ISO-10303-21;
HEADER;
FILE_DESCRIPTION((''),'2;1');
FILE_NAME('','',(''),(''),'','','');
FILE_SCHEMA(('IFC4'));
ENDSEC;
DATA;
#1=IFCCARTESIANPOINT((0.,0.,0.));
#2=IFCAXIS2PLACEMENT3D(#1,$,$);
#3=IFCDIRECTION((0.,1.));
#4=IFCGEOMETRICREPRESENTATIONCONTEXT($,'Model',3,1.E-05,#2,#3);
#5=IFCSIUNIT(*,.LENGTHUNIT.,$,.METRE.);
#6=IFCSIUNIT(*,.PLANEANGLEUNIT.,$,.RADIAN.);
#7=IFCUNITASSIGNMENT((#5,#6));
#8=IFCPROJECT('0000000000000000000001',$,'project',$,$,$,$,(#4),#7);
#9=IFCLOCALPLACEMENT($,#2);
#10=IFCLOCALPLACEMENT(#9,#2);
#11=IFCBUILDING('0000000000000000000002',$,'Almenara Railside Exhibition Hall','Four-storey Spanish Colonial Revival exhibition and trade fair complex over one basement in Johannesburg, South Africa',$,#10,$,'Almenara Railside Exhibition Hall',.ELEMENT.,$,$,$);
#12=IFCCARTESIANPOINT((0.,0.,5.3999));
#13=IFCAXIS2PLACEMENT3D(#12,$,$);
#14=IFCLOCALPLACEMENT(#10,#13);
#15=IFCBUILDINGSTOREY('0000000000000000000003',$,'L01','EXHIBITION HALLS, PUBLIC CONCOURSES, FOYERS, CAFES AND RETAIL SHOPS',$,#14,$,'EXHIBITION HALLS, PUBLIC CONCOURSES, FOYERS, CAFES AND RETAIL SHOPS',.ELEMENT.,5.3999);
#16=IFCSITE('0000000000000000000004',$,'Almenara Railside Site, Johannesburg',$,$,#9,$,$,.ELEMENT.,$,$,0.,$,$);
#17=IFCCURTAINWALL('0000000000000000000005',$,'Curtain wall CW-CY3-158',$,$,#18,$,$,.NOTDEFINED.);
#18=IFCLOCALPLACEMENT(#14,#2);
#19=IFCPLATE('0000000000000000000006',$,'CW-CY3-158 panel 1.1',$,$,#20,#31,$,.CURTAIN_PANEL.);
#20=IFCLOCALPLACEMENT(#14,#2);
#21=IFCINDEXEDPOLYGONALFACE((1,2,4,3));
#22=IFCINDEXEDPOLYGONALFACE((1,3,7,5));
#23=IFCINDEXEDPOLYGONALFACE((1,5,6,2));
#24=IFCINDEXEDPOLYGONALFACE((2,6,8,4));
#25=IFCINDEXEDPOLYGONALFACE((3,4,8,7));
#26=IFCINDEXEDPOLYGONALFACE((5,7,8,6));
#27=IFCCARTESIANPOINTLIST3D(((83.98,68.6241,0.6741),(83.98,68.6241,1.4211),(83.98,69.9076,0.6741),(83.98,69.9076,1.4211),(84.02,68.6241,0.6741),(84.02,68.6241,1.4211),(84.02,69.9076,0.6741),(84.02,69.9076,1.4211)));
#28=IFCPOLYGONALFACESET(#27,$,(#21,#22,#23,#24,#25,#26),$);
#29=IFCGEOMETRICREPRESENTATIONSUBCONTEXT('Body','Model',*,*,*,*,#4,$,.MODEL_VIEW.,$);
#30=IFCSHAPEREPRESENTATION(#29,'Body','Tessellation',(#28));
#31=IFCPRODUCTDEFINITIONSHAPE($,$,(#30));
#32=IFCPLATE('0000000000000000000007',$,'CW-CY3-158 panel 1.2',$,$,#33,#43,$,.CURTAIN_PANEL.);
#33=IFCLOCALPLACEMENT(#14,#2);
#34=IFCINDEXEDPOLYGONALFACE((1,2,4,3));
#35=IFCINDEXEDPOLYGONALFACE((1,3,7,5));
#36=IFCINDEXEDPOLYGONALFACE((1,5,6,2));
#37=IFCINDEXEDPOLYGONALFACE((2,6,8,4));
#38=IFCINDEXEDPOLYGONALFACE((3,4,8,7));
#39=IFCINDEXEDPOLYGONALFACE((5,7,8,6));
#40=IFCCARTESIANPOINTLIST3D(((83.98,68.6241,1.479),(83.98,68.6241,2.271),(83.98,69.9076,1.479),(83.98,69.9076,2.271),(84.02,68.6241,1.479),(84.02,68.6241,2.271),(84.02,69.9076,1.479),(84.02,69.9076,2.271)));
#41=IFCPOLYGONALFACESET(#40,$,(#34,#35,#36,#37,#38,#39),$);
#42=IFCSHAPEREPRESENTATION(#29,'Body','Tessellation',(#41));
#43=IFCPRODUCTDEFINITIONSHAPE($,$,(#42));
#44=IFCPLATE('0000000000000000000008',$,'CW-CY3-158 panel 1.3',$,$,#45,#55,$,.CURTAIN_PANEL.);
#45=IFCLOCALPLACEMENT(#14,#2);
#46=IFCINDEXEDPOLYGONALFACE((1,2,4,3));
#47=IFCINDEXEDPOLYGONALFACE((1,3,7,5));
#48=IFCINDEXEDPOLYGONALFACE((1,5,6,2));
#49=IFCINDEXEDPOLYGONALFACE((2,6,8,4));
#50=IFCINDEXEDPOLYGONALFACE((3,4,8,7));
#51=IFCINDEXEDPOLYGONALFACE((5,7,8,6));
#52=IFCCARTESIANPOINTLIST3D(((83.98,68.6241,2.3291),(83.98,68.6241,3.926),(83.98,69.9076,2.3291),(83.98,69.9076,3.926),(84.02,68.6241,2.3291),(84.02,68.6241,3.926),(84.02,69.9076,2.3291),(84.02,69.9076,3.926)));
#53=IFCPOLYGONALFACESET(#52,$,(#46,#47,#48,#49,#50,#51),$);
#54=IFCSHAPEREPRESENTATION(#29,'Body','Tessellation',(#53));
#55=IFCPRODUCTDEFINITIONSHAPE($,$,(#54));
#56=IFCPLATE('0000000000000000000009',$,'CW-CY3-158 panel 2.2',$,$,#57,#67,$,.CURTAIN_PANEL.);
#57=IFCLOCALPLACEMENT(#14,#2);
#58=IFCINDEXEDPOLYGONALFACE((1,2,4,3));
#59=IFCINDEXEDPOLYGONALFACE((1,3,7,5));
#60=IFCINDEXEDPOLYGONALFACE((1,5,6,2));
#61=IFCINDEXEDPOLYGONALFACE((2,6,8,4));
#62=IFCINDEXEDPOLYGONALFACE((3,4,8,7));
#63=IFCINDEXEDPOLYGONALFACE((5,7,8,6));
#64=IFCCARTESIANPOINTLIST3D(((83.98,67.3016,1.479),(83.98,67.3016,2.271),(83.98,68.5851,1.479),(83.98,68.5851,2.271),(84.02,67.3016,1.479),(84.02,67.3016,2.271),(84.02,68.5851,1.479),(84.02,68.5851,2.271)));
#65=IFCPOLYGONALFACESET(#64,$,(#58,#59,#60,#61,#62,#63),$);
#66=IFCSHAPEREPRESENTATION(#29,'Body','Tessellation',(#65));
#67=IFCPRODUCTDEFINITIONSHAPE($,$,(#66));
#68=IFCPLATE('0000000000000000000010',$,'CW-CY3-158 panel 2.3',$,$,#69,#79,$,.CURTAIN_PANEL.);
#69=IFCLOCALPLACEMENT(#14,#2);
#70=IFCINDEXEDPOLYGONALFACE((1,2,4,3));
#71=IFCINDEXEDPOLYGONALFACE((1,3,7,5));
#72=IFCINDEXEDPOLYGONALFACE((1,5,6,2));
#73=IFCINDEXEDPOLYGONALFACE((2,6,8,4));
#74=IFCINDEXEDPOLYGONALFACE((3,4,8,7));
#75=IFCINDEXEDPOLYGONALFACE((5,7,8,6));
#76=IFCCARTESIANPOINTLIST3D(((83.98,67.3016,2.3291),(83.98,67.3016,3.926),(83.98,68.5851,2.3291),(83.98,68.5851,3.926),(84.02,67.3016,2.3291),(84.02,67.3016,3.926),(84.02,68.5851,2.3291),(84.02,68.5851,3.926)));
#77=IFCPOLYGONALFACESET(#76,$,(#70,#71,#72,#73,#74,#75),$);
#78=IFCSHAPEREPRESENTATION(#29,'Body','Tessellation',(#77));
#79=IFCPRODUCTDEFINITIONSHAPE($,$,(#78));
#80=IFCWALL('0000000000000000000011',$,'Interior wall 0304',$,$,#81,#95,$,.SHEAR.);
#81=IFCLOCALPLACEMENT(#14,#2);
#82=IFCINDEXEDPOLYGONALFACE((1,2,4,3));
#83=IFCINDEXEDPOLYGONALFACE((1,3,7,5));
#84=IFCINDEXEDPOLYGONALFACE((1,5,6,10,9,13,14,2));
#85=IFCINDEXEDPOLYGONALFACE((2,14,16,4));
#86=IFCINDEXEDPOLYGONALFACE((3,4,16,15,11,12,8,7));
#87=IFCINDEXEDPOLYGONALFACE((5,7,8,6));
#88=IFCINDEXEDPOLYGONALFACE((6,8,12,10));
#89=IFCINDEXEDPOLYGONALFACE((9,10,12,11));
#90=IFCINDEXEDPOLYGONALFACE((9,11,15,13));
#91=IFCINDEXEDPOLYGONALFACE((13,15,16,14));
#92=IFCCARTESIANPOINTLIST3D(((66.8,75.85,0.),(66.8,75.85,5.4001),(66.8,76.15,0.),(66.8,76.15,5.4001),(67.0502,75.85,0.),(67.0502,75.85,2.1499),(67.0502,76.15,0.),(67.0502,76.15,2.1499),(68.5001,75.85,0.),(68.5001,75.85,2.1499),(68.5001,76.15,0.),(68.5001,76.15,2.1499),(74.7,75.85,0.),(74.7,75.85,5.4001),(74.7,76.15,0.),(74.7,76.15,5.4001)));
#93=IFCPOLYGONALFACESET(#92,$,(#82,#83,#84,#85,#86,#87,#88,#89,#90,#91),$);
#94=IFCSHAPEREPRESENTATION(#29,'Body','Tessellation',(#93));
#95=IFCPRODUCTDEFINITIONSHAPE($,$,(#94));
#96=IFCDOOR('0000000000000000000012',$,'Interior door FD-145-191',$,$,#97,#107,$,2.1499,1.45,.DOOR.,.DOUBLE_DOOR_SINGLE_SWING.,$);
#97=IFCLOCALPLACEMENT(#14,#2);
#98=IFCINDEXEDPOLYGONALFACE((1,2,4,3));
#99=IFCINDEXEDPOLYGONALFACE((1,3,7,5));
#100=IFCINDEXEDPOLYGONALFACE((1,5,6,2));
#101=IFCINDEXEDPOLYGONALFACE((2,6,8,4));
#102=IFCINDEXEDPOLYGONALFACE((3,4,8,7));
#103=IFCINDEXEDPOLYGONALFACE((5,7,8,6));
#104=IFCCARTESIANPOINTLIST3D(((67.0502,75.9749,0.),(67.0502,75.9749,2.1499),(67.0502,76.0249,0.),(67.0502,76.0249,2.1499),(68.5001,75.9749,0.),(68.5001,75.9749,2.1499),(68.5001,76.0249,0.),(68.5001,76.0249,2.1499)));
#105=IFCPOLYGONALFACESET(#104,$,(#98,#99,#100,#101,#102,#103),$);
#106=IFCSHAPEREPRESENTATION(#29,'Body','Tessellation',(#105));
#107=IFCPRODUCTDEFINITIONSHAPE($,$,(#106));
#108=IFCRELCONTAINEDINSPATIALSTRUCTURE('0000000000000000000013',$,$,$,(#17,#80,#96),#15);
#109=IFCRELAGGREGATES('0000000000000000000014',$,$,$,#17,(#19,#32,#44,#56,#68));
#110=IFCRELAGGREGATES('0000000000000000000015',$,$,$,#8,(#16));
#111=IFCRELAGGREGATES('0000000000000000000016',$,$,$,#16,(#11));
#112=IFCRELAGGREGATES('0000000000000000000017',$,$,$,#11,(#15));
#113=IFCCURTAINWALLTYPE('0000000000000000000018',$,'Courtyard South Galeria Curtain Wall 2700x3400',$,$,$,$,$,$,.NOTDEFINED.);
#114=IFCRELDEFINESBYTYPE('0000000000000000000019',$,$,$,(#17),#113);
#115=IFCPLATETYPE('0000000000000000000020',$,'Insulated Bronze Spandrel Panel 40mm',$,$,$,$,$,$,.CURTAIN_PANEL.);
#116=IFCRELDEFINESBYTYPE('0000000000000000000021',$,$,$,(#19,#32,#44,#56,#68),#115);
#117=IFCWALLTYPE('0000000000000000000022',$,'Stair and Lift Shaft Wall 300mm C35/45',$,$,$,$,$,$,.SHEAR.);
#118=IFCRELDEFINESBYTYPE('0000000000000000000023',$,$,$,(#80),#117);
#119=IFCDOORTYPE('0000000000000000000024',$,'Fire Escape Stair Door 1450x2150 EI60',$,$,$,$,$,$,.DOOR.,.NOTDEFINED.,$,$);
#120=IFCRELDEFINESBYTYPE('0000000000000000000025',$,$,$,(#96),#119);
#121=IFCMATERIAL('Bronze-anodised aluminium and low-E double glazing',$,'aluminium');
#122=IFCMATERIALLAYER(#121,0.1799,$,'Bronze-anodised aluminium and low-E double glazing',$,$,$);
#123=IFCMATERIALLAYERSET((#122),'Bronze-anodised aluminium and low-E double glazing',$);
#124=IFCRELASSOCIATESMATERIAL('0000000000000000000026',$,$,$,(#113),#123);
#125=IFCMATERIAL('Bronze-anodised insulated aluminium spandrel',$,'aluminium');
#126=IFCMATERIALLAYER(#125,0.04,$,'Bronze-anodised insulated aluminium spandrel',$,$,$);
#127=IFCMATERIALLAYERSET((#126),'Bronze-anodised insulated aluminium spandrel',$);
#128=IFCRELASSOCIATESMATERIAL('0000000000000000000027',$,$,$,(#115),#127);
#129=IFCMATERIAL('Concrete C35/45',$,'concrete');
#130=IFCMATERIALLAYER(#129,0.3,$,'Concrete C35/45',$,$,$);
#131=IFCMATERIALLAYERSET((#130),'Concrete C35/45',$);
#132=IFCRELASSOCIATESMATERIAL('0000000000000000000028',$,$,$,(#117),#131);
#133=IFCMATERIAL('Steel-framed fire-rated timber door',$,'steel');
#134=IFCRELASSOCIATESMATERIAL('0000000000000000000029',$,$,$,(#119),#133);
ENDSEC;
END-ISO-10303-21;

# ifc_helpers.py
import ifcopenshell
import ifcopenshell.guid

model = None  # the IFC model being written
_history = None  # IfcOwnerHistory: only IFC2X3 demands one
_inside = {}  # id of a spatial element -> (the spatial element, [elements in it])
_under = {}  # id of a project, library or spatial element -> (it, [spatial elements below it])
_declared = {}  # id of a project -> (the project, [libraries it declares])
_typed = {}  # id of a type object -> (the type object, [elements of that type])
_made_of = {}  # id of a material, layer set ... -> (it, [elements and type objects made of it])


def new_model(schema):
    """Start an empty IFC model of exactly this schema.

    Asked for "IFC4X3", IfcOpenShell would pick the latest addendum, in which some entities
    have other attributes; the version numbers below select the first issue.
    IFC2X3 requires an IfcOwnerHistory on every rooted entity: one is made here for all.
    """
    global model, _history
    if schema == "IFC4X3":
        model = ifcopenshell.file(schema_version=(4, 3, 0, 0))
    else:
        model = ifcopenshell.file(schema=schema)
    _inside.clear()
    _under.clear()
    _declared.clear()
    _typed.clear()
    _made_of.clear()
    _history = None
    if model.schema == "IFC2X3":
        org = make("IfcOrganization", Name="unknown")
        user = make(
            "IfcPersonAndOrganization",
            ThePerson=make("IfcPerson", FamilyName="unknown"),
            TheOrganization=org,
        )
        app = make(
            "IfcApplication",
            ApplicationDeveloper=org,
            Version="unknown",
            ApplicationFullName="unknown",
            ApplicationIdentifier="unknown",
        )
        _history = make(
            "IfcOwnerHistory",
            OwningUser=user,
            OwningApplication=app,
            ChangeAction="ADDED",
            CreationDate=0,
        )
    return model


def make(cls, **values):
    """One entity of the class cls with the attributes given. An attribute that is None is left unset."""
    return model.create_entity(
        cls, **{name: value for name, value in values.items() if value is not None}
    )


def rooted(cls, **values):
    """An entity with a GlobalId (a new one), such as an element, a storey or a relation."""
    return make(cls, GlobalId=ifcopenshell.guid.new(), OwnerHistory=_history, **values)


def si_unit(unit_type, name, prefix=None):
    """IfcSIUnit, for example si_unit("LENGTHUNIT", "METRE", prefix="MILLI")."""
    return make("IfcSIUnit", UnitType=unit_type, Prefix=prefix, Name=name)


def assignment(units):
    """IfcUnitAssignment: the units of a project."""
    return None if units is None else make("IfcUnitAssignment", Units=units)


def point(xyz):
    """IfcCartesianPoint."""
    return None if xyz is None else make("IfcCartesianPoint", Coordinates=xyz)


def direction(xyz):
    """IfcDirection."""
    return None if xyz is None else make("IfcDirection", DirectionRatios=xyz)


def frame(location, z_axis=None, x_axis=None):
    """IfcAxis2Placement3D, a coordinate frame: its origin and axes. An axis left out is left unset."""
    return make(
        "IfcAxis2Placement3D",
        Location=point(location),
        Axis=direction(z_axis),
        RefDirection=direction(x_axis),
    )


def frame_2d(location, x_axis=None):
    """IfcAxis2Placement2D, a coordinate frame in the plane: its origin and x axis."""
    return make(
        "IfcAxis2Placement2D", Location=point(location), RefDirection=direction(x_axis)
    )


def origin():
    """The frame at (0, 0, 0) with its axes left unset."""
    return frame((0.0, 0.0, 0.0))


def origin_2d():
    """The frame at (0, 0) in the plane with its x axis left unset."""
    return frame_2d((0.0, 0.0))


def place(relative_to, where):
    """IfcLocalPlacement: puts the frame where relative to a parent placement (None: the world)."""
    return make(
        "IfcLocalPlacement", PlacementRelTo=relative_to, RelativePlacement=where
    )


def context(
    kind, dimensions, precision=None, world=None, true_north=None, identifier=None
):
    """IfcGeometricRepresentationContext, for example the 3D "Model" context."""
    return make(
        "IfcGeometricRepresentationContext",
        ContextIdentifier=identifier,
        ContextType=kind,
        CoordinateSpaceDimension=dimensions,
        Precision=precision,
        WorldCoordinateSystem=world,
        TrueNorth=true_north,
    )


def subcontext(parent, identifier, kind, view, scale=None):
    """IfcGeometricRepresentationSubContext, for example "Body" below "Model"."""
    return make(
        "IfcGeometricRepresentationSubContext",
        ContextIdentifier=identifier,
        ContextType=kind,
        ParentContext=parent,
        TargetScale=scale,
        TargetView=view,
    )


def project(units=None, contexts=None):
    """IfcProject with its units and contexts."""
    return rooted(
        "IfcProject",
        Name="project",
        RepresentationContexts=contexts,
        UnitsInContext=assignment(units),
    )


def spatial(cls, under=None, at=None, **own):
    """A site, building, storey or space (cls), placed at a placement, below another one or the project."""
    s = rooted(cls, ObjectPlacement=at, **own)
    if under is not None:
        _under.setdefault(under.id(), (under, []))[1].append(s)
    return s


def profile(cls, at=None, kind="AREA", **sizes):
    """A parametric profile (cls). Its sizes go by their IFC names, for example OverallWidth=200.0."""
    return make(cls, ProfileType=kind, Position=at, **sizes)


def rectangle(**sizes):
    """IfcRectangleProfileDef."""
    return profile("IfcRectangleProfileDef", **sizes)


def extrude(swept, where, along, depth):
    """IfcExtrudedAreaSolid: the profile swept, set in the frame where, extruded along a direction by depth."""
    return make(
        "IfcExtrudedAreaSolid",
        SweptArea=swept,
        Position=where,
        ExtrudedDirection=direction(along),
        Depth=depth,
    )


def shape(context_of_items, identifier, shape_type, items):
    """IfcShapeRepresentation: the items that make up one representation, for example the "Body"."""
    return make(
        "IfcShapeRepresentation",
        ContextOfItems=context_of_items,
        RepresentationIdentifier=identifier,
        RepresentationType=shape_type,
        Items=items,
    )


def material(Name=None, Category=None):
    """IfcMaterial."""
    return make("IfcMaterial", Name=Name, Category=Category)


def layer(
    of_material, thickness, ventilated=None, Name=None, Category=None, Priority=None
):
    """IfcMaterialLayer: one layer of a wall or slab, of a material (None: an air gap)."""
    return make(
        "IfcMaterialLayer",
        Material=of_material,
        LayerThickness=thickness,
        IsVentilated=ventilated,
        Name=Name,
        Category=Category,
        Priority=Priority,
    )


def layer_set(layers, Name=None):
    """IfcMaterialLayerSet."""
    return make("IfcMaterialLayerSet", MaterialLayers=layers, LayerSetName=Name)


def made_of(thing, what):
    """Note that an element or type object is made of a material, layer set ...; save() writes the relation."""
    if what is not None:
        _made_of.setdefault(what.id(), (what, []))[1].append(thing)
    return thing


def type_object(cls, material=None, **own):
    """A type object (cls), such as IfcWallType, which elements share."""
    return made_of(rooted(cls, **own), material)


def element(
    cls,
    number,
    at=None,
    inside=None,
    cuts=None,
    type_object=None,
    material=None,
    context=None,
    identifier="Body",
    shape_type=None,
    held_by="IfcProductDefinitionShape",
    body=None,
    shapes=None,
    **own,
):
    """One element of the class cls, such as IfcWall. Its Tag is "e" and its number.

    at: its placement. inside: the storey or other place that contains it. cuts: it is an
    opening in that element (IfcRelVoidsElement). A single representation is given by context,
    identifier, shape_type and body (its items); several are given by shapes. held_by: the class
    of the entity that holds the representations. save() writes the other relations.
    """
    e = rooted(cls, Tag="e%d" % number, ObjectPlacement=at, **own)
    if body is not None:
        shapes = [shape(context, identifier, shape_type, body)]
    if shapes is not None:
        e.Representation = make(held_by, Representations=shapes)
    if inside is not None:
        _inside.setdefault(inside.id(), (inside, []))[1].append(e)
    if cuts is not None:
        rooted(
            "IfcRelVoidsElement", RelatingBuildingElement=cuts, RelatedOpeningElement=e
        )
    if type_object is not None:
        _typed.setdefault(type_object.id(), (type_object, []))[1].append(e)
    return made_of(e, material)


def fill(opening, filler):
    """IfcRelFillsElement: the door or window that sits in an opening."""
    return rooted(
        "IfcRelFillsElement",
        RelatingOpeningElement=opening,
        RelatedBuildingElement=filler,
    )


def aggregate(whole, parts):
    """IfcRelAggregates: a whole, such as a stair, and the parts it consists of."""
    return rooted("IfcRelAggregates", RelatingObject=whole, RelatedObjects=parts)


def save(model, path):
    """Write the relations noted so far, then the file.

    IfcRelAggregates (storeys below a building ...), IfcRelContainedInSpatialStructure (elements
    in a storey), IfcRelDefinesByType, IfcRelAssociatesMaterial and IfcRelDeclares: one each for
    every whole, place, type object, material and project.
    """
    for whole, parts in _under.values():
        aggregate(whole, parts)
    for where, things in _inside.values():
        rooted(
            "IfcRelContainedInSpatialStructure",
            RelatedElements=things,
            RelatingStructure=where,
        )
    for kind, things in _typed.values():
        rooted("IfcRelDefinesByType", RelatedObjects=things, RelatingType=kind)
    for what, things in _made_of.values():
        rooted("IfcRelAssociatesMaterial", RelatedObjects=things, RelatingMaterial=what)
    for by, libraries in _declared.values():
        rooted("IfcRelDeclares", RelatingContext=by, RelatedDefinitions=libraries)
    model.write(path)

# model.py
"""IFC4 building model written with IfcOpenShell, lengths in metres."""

from ifc_helpers import new_model, si_unit, direction, frame, frame_2d, origin, origin_2d, place, context, subcontext, project, spatial, rectangle, extrude, material, layer, layer_set, type_object, element, fill, aggregate, save


model = new_model("IFC4")

# Units and contexts
model_context = context("Model", 3, precision=1e-05, world=origin(), true_north=direction((0.0, 1.0)))
body_context = subcontext(model_context, "Body", "Model", "MODEL_VIEW")
ifc_project = project(units=[si_unit("LENGTHUNIT", "METRE"), si_unit("PLANEANGLEUNIT", "RADIAN")], contexts=[model_context])

# Site, building, storey
site_placement = place(None, origin())
site = spatial("IfcSite", under=ifc_project, at=site_placement, Name="Almenara Railside Site, Johannesburg", CompositionType="ELEMENT", RefElevation=0.0)
building_placement = place(site_placement, origin())
building = spatial("IfcBuilding", under=site, at=building_placement, Name="Almenara Railside Exhibition Hall", Description="Four-storey Spanish Colonial Revival exhibition and trade fair complex over one basement in Johannesburg, South Africa", LongName="Almenara Railside Exhibition Hall", CompositionType="ELEMENT")
storey_placement = place(building_placement, frame((0.0, 0.0, 5.3999)))
storey = spatial("IfcBuildingStorey", under=building, at=storey_placement, Name="L01", Description="EXHIBITION HALLS, PUBLIC CONCOURSES, FOYERS, CAFES AND RETAIL SHOPS", LongName="EXHIBITION HALLS, PUBLIC CONCOURSES, FOYERS, CAFES AND RETAIL SHOPS", CompositionType="ELEMENT", Elevation=5.3999)

# Shared definitions
ifc_material_1 = material(Name="Concrete C35/45", Category="concrete")

# Curtain wall
ifc_material_2 = material(Name="Bronze-anodised aluminium and low-E double glazing", Category="aluminium")
ifc_layer_1 = layer(ifc_material_2, 0.1799, Name="Bronze-anodised aluminium and low-E double glazing")
ifc_layer_set_1 = layer_set([ifc_layer_1], Name="Bronze-anodised aluminium and low-E double glazing")
curtain_wall_type = type_object("IfcCurtainWallType", Name="Courtyard South Galeria Curtain Wall 2700x3400", PredefinedType="NOTDEFINED", material=ifc_layer_set_1)
curtain_wall_1_placement = place(storey_placement, origin())
curtain_wall_1 = element("IfcCurtainWall", 1, at=curtain_wall_1_placement, inside=storey, type_object=curtain_wall_type, Name="Curtain wall CW-CY3-158", PredefinedType="NOTDEFINED")

# Plates
ifc_material_3 = material(Name="Bronze-anodised insulated aluminium spandrel", Category="aluminium")
ifc_layer_2 = layer(ifc_material_3, 0.04, Name="Bronze-anodised insulated aluminium spandrel")
ifc_layer_set_2 = layer_set([ifc_layer_2], Name="Bronze-anodised insulated aluminium spandrel")
plate_type = type_object("IfcPlateType", Name="Insulated Bronze Spandrel Panel 40mm", PredefinedType="CURTAIN_PANEL", material=ifc_layer_set_2)
plate_1_placement = place(storey_placement, frame((84.0, 69.2659, 0.6741), z_axis=(0.0, 0.0, 1.0), x_axis=(0.0, -1.0, 0.0)))
plate_1 = element("IfcPlate", 2, at=plate_1_placement, type_object=plate_type, Name="CW-CY3-158 panel 1.1", PredefinedType="CURTAIN_PANEL", context=body_context, shape_type="SweptSolid", body=[
    extrude(rectangle(XDim=1.2834, YDim=0.04, at=origin_2d()), origin(), (0.0, 0.0, 1.0), 0.7471),
])
plate_2_placement = place(storey_placement, frame((84.0, 69.2659, 1.479), z_axis=(0.0, 0.0, 1.0), x_axis=(0.0, -1.0, 0.0)))
plate_2 = element("IfcPlate", 3, at=plate_2_placement, type_object=plate_type, Name="CW-CY3-158 panel 1.2", PredefinedType="CURTAIN_PANEL", context=body_context, shape_type="SweptSolid", body=[
    extrude(rectangle(XDim=1.2834, YDim=0.04, at=origin_2d()), origin(), (0.0, 0.0, 1.0), 0.792),
])
plate_3_placement = place(storey_placement, frame((84.0, 69.2659, 2.3291), z_axis=(0.0, 0.0, 1.0), x_axis=(0.0, -1.0, 0.0)))
plate_3 = element("IfcPlate", 4, at=plate_3_placement, type_object=plate_type, Name="CW-CY3-158 panel 1.3", PredefinedType="CURTAIN_PANEL", context=body_context, shape_type="SweptSolid", body=[
    extrude(rectangle(XDim=1.2834, YDim=0.04, at=origin_2d()), origin(), (0.0, 0.0, 1.0), 1.5969),
])
plate_4_placement = place(storey_placement, frame((84.0, 67.9434, 1.479), z_axis=(0.0, 0.0, 1.0), x_axis=(0.0, -1.0, 0.0)))
plate_4 = element("IfcPlate", 5, at=plate_4_placement, type_object=plate_type, Name="CW-CY3-158 panel 2.2", PredefinedType="CURTAIN_PANEL", context=body_context, shape_type="SweptSolid", body=[
    extrude(rectangle(XDim=1.2834, YDim=0.04, at=origin_2d()), origin(), (0.0, 0.0, 1.0), 0.792),
])
plate_5_placement = place(storey_placement, frame((84.0, 67.9434, 2.3291), z_axis=(0.0, 0.0, 1.0), x_axis=(0.0, -1.0, 0.0)))
plate_5 = element("IfcPlate", 6, at=plate_5_placement, type_object=plate_type, Name="CW-CY3-158 panel 2.3", PredefinedType="CURTAIN_PANEL", context=body_context, shape_type="SweptSolid", body=[
    extrude(rectangle(XDim=1.2834, YDim=0.04, at=origin_2d()), origin(), (0.0, 0.0, 1.0), 1.5969),
])
aggregate(curtain_wall_1, [plate_1, plate_2, plate_3, plate_4, plate_5])

# Wall, opening, door
ifc_layer_3 = layer(ifc_material_1, 0.3, Name="Concrete C35/45")
ifc_layer_set_3 = layer_set([ifc_layer_3], Name="Concrete C35/45")
wall_type = type_object("IfcWallType", Name="Stair and Lift Shaft Wall 300mm C35/45", PredefinedType="SHEAR", material=ifc_layer_set_3)
wall_placement = place(storey_placement, frame((66.8, 76.0, 0.0), z_axis=(0.0, 0.0, 1.0), x_axis=(1.0, 0.0, 0.0)))
wall = element("IfcWall", 7, at=wall_placement, inside=storey, type_object=wall_type, Name="Interior wall 0304", PredefinedType="SHEAR", context=body_context, shape_type="SweptSolid", body=[
    extrude(rectangle(XDim=7.8999, YDim=0.3, at=frame_2d((3.95, 0.0))), origin(), (0.0, 0.0, 1.0), 5.4001),
])
opening_placement = place(wall_placement, frame((0.25, 0.0, 0.0)))
opening = element("IfcOpeningElement", 8, at=opening_placement, cuts=wall, PredefinedType="OPENING", context=body_context, shape_type="SweptSolid", body=[
    extrude(rectangle(XDim=1.45, YDim=2.1499, at=frame_2d((0.7251, 1.075))), frame((0.0, 0.1599, 0.0), z_axis=(0.0, -1.0, 0.0), x_axis=(1.0, 0.0, 0.0)), (0.0, 0.0, 1.0), 0.3201),
])
ifc_material_4 = material(Name="Steel-framed fire-rated timber door", Category="steel")
door_type = type_object("IfcDoorType", Name="Fire Escape Stair Door 1450x2150 EI60", OperationType="NOTDEFINED", PredefinedType="DOOR", material=ifc_material_4)
door_placement = place(opening_placement, origin())
door = element("IfcDoor", 9, at=door_placement, inside=storey, type_object=door_type, Name="Interior door FD-145-191", OperationType="DOUBLE_DOOR_SINGLE_SWING", OverallHeight=2.1499, OverallWidth=1.45, PredefinedType="DOOR", context=body_context, shape_type="SweptSolid", body=[
    extrude(rectangle(XDim=1.45, YDim=2.1499, at=frame_2d((0.7251, 1.075))), frame((0.0, 0.0249, 0.0), z_axis=(0.0, -1.0, 0.0), x_axis=(1.0, 0.0, 0.0)), (0.0, 0.0, 1.0), 0.05),
])
fill(opening, door)

save(model, "model.ifc")
